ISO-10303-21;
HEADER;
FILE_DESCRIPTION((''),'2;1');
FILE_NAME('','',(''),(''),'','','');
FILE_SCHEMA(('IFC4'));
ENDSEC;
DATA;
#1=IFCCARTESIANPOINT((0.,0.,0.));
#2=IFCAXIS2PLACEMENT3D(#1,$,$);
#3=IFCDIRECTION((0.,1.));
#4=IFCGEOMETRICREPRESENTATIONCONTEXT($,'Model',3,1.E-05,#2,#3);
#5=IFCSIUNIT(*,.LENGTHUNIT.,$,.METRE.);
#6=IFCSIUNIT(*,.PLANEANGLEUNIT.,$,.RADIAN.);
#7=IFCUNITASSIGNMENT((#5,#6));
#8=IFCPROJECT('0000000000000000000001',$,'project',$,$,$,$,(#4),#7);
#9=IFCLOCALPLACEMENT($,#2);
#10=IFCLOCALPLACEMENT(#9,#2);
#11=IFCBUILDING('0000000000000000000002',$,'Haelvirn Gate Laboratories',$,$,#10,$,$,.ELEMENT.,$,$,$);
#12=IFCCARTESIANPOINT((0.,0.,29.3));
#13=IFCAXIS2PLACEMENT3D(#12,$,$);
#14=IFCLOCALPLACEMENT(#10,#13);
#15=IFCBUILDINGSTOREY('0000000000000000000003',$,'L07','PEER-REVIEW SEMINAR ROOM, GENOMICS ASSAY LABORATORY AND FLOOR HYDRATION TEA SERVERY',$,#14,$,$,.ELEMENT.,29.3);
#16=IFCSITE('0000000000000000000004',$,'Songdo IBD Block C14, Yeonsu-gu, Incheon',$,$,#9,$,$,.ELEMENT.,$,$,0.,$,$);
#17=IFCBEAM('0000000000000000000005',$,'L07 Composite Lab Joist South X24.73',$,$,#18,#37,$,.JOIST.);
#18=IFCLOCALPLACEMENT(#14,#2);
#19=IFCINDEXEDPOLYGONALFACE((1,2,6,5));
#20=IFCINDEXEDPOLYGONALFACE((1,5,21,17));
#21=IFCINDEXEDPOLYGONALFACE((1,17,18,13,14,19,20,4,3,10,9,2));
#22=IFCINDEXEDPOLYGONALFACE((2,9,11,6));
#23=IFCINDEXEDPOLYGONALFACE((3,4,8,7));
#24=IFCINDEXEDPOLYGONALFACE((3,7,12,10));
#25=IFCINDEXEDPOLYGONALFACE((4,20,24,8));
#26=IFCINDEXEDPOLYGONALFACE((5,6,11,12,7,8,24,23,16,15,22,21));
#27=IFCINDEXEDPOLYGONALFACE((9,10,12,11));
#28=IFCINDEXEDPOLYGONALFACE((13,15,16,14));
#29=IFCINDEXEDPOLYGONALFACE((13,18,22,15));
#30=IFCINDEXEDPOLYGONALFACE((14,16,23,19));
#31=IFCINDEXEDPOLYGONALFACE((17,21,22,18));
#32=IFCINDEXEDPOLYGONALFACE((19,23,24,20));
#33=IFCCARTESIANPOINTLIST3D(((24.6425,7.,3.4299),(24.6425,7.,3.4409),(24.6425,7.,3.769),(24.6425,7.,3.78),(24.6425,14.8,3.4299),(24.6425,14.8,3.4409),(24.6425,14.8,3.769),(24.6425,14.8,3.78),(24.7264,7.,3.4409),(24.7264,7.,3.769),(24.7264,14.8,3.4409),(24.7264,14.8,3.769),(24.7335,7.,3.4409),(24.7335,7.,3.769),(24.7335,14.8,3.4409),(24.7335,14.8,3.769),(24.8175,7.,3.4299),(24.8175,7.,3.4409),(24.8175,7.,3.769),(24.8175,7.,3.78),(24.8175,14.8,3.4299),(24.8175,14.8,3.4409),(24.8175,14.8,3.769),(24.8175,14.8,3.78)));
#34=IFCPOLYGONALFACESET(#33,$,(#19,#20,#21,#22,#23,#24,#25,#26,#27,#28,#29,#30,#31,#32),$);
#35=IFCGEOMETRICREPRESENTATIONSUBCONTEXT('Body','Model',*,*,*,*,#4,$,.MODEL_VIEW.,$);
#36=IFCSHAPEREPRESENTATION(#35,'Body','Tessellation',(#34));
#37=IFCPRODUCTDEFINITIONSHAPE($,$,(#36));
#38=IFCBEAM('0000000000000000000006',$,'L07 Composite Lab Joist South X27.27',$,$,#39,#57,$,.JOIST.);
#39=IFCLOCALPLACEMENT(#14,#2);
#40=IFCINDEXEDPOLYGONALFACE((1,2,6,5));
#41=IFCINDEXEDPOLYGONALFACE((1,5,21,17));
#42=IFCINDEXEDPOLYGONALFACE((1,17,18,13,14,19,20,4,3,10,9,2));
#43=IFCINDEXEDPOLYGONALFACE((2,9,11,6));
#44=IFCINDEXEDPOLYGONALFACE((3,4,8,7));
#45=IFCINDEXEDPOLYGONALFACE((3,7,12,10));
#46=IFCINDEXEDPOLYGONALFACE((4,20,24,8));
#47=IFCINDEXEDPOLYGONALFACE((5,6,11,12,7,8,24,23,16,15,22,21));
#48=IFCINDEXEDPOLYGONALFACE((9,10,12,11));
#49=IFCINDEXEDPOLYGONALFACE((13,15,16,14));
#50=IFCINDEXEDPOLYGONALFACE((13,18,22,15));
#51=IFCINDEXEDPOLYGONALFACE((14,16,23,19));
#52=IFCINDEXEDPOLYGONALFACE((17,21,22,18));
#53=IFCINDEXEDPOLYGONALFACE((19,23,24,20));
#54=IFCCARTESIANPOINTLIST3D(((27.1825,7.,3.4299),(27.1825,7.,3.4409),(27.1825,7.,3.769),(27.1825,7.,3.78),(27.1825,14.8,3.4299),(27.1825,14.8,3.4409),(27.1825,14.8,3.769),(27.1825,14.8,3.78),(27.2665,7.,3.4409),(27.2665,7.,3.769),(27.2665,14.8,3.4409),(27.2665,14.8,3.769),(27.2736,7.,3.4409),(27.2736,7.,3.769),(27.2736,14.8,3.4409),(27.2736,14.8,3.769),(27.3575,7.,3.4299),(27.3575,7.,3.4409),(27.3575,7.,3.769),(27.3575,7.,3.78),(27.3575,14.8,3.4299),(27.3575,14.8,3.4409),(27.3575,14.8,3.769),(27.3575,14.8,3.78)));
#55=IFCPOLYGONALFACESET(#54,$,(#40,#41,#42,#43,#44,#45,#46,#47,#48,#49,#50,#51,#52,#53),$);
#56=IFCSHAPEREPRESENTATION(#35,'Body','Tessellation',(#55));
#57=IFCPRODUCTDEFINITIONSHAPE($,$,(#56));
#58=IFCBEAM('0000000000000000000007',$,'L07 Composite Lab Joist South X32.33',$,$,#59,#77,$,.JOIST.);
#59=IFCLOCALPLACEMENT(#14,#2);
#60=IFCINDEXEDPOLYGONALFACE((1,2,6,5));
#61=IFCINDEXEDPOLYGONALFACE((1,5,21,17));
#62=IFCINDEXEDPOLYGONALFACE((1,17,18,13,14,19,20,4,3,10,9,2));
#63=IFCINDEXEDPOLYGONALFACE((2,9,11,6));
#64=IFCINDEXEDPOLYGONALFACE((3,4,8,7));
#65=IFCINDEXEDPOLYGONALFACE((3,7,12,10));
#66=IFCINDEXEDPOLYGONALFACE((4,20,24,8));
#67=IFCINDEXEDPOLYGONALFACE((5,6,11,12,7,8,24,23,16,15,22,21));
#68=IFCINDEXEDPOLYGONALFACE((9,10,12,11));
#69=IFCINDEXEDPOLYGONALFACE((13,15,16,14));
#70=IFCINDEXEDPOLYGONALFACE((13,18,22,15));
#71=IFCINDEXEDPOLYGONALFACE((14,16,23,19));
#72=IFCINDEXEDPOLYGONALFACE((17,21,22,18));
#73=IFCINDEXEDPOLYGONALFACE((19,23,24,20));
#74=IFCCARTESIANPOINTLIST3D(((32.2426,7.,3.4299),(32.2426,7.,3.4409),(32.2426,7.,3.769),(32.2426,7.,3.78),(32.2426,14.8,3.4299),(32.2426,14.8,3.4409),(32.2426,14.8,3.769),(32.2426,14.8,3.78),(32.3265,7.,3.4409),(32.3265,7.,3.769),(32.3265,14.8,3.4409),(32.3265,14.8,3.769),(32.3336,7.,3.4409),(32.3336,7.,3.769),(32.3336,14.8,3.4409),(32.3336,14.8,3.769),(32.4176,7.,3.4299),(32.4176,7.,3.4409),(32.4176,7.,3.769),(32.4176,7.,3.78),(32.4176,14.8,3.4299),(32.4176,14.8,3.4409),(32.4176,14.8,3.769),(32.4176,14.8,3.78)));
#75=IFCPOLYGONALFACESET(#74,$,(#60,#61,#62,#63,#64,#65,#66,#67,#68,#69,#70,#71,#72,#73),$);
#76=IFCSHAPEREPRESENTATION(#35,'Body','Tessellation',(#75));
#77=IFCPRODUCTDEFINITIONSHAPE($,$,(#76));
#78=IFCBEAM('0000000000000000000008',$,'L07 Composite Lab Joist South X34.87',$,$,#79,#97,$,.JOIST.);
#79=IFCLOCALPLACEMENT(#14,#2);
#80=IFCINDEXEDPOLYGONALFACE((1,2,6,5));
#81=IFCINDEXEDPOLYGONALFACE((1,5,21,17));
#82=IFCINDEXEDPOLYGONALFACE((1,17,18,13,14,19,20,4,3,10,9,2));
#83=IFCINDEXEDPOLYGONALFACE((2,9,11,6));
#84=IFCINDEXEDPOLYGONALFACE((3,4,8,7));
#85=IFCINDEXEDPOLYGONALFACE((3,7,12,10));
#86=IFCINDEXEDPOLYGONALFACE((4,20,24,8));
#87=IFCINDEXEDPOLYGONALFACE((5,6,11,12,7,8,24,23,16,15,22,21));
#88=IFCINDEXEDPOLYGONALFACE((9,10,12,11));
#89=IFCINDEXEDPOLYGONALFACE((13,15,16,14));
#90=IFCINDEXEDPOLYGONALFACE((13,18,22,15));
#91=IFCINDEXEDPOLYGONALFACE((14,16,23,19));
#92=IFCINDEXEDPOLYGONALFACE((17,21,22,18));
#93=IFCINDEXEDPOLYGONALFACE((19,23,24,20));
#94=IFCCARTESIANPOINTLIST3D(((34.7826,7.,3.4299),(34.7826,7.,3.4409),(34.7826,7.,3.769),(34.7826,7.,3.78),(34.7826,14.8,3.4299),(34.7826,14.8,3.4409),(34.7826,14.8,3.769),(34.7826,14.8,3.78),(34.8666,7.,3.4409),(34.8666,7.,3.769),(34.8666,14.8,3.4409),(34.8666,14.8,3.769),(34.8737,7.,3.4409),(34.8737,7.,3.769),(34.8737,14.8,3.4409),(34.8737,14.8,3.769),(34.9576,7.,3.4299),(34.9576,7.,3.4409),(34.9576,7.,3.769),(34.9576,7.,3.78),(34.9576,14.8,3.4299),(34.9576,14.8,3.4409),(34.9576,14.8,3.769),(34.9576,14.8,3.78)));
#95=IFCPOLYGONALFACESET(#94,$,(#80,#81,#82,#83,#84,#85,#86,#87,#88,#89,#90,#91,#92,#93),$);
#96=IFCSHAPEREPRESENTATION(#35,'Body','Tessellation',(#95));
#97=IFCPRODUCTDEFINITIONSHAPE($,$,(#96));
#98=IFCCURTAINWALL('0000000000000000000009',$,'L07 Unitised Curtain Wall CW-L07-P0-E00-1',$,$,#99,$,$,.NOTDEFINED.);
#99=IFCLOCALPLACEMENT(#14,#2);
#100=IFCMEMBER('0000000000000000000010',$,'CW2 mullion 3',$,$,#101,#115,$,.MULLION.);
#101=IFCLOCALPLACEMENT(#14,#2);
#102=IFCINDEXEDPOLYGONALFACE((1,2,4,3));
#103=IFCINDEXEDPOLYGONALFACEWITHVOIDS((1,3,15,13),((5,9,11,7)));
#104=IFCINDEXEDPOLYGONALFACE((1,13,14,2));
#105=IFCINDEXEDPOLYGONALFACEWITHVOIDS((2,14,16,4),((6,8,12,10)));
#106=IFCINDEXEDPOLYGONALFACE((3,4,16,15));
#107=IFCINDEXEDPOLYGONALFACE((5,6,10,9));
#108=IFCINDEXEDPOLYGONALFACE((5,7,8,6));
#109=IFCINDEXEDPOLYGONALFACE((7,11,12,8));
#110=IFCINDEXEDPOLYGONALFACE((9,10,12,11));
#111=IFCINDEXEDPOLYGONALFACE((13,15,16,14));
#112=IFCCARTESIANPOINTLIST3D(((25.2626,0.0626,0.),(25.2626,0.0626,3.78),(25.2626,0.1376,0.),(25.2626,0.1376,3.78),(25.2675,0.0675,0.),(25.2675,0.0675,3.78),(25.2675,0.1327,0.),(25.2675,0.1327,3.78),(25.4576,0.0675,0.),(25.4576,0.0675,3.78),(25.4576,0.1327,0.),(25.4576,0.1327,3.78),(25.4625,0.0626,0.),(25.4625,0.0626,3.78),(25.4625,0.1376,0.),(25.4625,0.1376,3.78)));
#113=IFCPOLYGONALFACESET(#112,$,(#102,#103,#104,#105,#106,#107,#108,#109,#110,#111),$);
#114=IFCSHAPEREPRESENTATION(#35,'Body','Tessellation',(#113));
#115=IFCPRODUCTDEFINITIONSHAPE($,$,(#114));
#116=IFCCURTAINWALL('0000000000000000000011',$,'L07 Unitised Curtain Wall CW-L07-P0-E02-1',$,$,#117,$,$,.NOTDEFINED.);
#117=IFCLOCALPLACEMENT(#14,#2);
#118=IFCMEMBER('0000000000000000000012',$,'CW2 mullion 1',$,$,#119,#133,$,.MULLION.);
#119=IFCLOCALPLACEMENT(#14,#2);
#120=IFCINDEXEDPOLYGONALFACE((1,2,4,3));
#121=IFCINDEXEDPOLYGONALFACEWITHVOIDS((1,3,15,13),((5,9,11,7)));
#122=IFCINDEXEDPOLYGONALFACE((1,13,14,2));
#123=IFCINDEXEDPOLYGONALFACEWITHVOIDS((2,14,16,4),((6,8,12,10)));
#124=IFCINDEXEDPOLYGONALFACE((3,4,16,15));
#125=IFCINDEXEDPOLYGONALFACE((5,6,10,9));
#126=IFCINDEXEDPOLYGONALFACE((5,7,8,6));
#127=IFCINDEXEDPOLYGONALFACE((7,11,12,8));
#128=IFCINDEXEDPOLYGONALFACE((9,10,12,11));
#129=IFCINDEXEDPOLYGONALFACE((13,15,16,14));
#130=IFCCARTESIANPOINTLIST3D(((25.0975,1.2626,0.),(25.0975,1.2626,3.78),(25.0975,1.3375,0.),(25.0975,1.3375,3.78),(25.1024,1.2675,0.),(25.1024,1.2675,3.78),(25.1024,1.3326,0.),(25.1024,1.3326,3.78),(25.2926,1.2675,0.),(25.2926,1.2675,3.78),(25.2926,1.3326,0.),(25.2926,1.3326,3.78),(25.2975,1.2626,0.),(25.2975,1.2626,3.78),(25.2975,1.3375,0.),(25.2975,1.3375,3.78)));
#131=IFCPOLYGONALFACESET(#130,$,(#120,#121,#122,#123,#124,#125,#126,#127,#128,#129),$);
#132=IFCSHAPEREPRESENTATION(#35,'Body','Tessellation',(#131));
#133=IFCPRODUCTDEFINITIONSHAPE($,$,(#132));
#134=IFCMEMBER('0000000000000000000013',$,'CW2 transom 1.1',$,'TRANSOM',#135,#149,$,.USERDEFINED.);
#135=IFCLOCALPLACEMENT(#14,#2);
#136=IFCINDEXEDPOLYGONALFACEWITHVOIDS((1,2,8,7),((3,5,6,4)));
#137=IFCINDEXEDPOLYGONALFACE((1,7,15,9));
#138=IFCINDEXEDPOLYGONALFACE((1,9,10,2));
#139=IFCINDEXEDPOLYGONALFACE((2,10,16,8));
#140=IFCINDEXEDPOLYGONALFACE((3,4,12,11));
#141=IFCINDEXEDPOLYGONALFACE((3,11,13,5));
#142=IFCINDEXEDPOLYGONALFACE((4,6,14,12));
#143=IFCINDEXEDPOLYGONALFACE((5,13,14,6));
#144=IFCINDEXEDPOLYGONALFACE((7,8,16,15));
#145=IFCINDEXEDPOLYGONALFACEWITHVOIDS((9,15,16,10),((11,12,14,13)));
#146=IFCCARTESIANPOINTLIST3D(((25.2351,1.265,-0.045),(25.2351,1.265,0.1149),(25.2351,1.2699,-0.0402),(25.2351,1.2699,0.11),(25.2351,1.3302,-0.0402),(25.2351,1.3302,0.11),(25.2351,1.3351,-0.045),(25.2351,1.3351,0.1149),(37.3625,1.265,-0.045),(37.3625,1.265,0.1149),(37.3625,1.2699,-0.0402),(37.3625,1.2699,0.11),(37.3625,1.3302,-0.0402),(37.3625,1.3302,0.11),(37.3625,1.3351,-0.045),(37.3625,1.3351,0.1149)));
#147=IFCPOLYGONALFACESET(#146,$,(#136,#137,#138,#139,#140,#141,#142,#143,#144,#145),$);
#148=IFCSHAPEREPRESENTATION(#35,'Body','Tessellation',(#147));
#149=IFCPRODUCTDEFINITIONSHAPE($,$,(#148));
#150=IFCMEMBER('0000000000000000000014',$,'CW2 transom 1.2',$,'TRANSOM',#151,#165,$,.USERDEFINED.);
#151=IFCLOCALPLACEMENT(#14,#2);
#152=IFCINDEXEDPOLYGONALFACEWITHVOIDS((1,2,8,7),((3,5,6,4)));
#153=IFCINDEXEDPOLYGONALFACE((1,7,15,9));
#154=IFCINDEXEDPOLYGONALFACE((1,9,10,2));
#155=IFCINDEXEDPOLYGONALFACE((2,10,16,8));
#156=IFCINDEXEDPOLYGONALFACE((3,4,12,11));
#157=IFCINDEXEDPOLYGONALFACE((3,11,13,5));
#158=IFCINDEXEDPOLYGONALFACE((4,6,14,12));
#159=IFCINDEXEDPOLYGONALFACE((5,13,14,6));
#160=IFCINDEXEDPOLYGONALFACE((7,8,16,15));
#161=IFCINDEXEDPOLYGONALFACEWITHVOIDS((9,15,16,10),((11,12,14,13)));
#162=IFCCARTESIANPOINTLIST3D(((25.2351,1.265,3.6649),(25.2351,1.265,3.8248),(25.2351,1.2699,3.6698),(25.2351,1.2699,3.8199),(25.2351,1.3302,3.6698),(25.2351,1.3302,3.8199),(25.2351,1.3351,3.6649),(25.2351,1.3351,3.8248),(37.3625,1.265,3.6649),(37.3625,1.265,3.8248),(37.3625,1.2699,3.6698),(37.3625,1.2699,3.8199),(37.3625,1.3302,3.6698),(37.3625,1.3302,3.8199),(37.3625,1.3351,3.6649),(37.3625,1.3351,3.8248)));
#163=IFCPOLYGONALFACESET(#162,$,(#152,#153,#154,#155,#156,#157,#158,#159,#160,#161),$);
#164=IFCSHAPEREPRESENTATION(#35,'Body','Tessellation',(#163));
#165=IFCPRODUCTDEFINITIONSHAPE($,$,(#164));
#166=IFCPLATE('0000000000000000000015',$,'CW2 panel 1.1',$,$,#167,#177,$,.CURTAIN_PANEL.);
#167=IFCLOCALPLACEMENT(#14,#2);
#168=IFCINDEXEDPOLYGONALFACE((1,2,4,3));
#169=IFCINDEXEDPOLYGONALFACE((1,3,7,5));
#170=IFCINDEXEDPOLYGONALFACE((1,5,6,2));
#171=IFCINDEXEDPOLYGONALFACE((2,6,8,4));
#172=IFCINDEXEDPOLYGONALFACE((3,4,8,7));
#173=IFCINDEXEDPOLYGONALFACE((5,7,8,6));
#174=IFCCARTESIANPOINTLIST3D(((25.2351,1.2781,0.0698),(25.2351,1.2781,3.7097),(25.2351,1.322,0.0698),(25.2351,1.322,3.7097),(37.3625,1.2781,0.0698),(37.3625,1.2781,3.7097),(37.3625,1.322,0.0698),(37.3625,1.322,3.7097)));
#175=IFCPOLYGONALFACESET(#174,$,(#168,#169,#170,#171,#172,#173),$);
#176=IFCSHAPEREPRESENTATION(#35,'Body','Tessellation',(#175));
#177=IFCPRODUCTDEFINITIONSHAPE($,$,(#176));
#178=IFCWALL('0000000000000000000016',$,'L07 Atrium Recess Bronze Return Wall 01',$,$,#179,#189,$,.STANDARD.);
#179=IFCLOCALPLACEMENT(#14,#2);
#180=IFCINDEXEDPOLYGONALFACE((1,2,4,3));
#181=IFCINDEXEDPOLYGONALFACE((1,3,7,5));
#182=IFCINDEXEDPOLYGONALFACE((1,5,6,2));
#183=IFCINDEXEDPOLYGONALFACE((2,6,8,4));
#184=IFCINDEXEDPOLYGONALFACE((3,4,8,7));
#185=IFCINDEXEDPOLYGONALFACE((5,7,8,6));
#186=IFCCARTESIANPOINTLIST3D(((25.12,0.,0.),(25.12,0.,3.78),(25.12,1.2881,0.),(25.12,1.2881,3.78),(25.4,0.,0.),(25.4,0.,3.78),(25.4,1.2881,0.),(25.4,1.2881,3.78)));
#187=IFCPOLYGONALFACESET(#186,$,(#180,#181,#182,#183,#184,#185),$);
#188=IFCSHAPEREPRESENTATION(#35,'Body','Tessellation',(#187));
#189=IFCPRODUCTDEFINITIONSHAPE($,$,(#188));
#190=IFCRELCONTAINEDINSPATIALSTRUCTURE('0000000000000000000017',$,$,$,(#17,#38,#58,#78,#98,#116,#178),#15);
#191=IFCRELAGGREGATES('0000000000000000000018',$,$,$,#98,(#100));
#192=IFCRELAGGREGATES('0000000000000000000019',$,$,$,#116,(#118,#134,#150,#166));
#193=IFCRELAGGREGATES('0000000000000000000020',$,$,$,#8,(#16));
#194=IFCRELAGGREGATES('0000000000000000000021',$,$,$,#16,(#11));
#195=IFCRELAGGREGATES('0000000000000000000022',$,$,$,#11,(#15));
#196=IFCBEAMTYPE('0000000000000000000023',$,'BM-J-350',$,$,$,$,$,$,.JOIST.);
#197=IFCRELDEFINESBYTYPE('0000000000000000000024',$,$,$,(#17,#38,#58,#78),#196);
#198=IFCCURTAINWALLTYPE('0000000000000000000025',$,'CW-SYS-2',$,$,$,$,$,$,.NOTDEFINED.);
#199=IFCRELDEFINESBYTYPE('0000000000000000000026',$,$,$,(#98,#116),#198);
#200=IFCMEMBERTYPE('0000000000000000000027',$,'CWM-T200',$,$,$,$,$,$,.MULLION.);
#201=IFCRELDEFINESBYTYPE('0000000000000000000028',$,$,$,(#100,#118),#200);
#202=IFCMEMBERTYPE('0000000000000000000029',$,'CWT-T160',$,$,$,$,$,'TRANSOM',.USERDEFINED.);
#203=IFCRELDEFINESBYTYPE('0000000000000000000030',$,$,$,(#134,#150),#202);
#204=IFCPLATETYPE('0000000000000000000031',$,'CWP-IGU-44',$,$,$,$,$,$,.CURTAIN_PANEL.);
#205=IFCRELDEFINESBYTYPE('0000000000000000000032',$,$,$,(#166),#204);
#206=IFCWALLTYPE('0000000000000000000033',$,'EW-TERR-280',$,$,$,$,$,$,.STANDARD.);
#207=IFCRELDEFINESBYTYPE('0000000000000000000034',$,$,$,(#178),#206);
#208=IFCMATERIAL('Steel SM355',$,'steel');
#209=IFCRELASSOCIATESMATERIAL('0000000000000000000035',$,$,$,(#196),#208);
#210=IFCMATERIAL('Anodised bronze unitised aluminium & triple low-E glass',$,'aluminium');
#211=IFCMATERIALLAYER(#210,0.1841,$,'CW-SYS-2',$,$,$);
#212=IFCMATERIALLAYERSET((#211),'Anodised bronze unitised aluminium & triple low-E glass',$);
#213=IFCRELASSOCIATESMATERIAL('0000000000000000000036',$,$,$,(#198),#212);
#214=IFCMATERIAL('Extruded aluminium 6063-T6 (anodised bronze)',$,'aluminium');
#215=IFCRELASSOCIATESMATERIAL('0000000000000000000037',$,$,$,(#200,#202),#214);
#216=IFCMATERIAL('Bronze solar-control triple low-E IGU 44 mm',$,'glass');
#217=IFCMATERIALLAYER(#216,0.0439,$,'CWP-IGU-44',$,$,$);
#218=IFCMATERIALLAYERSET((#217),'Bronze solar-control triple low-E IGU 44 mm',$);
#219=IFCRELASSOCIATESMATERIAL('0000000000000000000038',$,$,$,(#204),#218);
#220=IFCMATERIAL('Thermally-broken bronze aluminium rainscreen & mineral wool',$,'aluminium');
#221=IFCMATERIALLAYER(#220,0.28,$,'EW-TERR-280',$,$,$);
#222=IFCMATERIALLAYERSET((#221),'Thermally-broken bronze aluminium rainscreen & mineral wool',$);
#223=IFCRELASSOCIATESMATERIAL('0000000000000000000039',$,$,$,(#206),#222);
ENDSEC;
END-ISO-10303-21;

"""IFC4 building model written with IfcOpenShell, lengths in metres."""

from ifc_helpers import new_model, si_unit, direction, frame, frame_2d, origin, origin_2d, place, context, subcontext, project, spatial, rectangle, hollow_rectangle, i_section, extrude, source, transform, mapped, material, layer, layer_set, material_profile, profile_set, type_object, type_shapes, element, aggregate, save


model = new_model("IFC4")

# Units and contexts
model_context = context("Model", 3, precision=1e-05, world=origin(), true_north=direction((0.0, 1.0)))
body_context = subcontext(model_context, "Body", "Model", "MODEL_VIEW")
ifc_project = project(units=[si_unit("LENGTHUNIT", "METRE"), si_unit("PLANEANGLEUNIT", "RADIAN")], contexts=[model_context])

# Site, building, storey
site_placement = place(None, origin())
site = spatial("IfcSite", under=ifc_project, at=site_placement, Name="Songdo IBD Block C14, Yeonsu-gu, Incheon", CompositionType="ELEMENT", RefElevation=0.0)
building_placement = place(site_placement, origin())
building = spatial("IfcBuilding", under=site, at=building_placement, Name="Haelvirn Gate Laboratories", CompositionType="ELEMENT")
storey_placement = place(building_placement, frame((0.0, 0.0, 29.3)))
storey = spatial("IfcBuildingStorey", under=building, at=storey_placement, Name="L07", Description="PEER-REVIEW SEMINAR ROOM, GENOMICS ASSAY LABORATORY AND FLOOR HYDRATION TEA SERVERY", CompositionType="ELEMENT", Elevation=29.3)

# Beams
ifc_material_1 = material(Name="Steel SM355", Category="steel")
ifc_material_profile_1 = material_profile(ifc_material_1, i_section(OverallWidth=0.175, OverallDepth=0.3501, WebThickness=0.0071, FlangeThickness=0.011, at=origin_2d()), Name="H-350x175x7x11")
ifc_profile_set_1 = profile_set([ifc_material_profile_1], Name="Steel SM355")
beam_type_1 = type_object("IfcBeamType", Name="BM-J-350", PredefinedType="JOIST", material=ifc_profile_set_1)
shared_shape_1 = source(origin(), body_context, "Body", "SweptSolid", [
    extrude(i_section(OverallWidth=0.175, OverallDepth=0.3501, WebThickness=0.0071, FlangeThickness=0.011, at=origin_2d()), origin(), (0.0, 0.0, 1.0), 7.8),
])
type_shapes(beam_type_1, [shared_shape_1])
for number, where, z_axis, x_axis, name in (
    (1, (24.73, 7.0, 3.605), (0.0, 1.0, 0.0), (-1.0, 0.0, 0.0), "L07 Composite Lab Joist South X24.73"),
    (2, (27.27, 7.0, 3.605), (0.0, 1.0, 0.0), (-1.0, 0.0, 0.0), "L07 Composite Lab Joist South X27.27"),
    (3, (32.3301, 7.0, 3.605), (0.0, 1.0, 0.0), (-1.0, 0.0, 0.0), "L07 Composite Lab Joist South X32.33"),
    (4, (34.8701, 7.0, 3.605), (0.0, 1.0, 0.0), (-1.0, 0.0, 0.0), "L07 Composite Lab Joist South X34.87"),
):
    element("IfcBeam", number, at=place(storey_placement, frame(where, z_axis=z_axis, x_axis=x_axis)), inside=storey, type_object=beam_type_1, Name=name, PredefinedType="JOIST", context=body_context, shape_type="MappedRepresentation", body=[
        mapped(shared_shape_1, transform((0.0, 0.0, 0.0), scale=1.0)),
    ])

# Curtain wall, member
ifc_material_2 = material(Name="Anodised bronze unitised aluminium & triple low-E glass", Category="aluminium")
ifc_layer_1 = layer(ifc_material_2, 0.1841, Name="CW-SYS-2")
ifc_layer_set_1 = layer_set([ifc_layer_1], Name="Anodised bronze unitised aluminium & triple low-E glass")
curtain_wall_type = type_object("IfcCurtainWallType", Name="CW-SYS-2", PredefinedType="NOTDEFINED", material=ifc_layer_set_1)
curtain_wall_1_placement = place(storey_placement, origin())
curtain_wall_1 = element("IfcCurtainWall", 5, at=curtain_wall_1_placement, inside=storey, type_object=curtain_wall_type, Name="L07 Unitised Curtain Wall CW-L07-P0-E00-1", PredefinedType="NOTDEFINED")
ifc_material_3 = material(Name="Extruded aluminium 6063-T6 (anodised bronze)", Category="aluminium")
ifc_material_profile_2 = material_profile(ifc_material_3, hollow_rectangle(XDim=0.075, YDim=0.2, WallThickness=0.0049, at=origin_2d()), Name="CWM-200x75x5")
ifc_profile_set_2 = profile_set([ifc_material_profile_2], Name="Extruded aluminium 6063-T6 (anodised bronze)")
member_type_1 = type_object("IfcMemberType", Name="CWM-T200", PredefinedType="MULLION", material=ifc_profile_set_2)
shared_shape_2 = source(origin(), body_context, "Body", "SweptSolid", [
    extrude(hollow_rectangle(XDim=0.075, YDim=0.2, WallThickness=0.0049, at=origin_2d()), origin(), (0.0, 0.0, 1.0), 3.78),
])
type_shapes(member_type_1, [shared_shape_2])
member_1_placement = place(storey_placement, frame((25.3625, 0.1001, 0.0), z_axis=(0.0, 0.0, 1.0), x_axis=(0.0, 1.0, 0.0)))
member_1 = element("IfcMember", 6, at=member_1_placement, type_object=member_type_1, Name="CW2 mullion 3", PredefinedType="MULLION", context=body_context, shape_type="MappedRepresentation", body=[
    mapped(shared_shape_2, transform((0.0, 0.0, 0.0), scale=1.0)),
])
aggregate(curtain_wall_1, [member_1])

# Curtain wall, members, plate
curtain_wall_2_placement = place(storey_placement, origin())
curtain_wall_2 = element("IfcCurtainWall", 7, at=curtain_wall_2_placement, inside=storey, type_object=curtain_wall_type, Name="L07 Unitised Curtain Wall CW-L07-P0-E02-1", PredefinedType="NOTDEFINED")
member_2_placement = place(storey_placement, frame((25.1975, 1.3, 0.0), z_axis=(0.0, 0.0, 1.0), x_axis=(0.0, 1.0, 0.0)))
member_2 = element("IfcMember", 8, at=member_2_placement, type_object=member_type_1, Name="CW2 mullion 1", PredefinedType="MULLION", context=body_context, shape_type="MappedRepresentation", body=[
    mapped(shared_shape_2, transform((0.0, 0.0, 0.0), scale=1.0)),
])
ifc_material_profile_3 = material_profile(ifc_material_3, hollow_rectangle(XDim=0.0701, YDim=0.1599, WallThickness=0.0049, at=origin_2d()), Name="CWT-160x70x5")
ifc_profile_set_3 = profile_set([ifc_material_profile_3], Name="Extruded aluminium 6063-T6 (anodised bronze)")
member_type_2 = type_object("IfcMemberType", Name="CWT-T160", ElementType="TRANSOM", PredefinedType="USERDEFINED", material=ifc_profile_set_3)
shared_shape_3 = source(origin(), body_context, "Body", "SweptSolid", [
    extrude(hollow_rectangle(XDim=0.0701, YDim=0.1599, WallThickness=0.0049, at=origin_2d()), origin(), (0.0, 0.0, 1.0), 12.1274),
])
type_shapes(member_type_2, [shared_shape_3])
member_3_placement = place(storey_placement, frame((25.2351, 1.3, 0.0349), z_axis=(1.0, 0.0, 0.0), x_axis=(0.0, 1.0, 0.0)))
member_3 = element("IfcMember", 9, at=member_3_placement, type_object=member_type_2, Name="CW2 transom 1.1", ObjectType="TRANSOM", PredefinedType="USERDEFINED", context=body_context, shape_type="MappedRepresentation", body=[
    mapped(shared_shape_3, transform((0.0, 0.0, 0.0), scale=1.0)),
])
member_4_placement = place(storey_placement, frame((25.2351, 1.3, 3.7449), z_axis=(1.0, 0.0, 0.0), x_axis=(0.0, 1.0, 0.0)))
member_4 = element("IfcMember", 10, at=member_4_placement, type_object=member_type_2, Name="CW2 transom 1.2", ObjectType="TRANSOM", PredefinedType="USERDEFINED", context=body_context, shape_type="MappedRepresentation", body=[
    mapped(shared_shape_3, transform((0.0, 0.0, 0.0), scale=1.0)),
])
ifc_material_4 = material(Name="Bronze solar-control triple low-E IGU 44 mm", Category="glass")
ifc_layer_2 = layer(ifc_material_4, 0.0439, Name="CWP-IGU-44")
ifc_layer_set_2 = layer_set([ifc_layer_2], Name="Bronze solar-control triple low-E IGU 44 mm")
plate_type = type_object("IfcPlateType", Name="CWP-IGU-44", PredefinedType="CURTAIN_PANEL", material=ifc_layer_set_2)
shared_shape_4 = source(origin(), body_context, "Body", "SweptSolid", [
    extrude(rectangle(XDim=12.1274, YDim=0.0439, at=origin_2d()), origin(), (0.0, 0.0, 1.0), 3.6399),
])
type_shapes(plate_type, [shared_shape_4])
plate_placement = place(storey_placement, frame((31.2988, 1.3, 0.0698), z_axis=(0.0, 0.0, 1.0), x_axis=(1.0, 0.0, 0.0)))
plate = element("IfcPlate", 11, at=plate_placement, type_object=plate_type, Name="CW2 panel 1.1", PredefinedType="CURTAIN_PANEL", context=body_context, shape_type="MappedRepresentation", body=[
    mapped(shared_shape_4, transform((0.0, 0.0, 0.0), scale=1.0)),
])
aggregate(curtain_wall_2, [member_2, member_3, member_4, plate])

# Wall
ifc_material_5 = material(Name="Thermally-broken bronze aluminium rainscreen & mineral wool", Category="aluminium")
ifc_layer_3 = layer(ifc_material_5, 0.28, Name="EW-TERR-280")
ifc_layer_set_3 = layer_set([ifc_layer_3], Name="Thermally-broken bronze aluminium rainscreen & mineral wool")
wall_type_1 = type_object("IfcWallType", Name="EW-TERR-280", PredefinedType="STANDARD", material=ifc_layer_set_3)
wall_1_placement = place(storey_placement, frame((25.26, 0.0, 0.0), z_axis=(0.0, 0.0, 1.0), x_axis=(0.0, 1.0, 0.0)))
element("IfcWall", 12, at=wall_1_placement, inside=storey, type_object=wall_type_1, Name="L07 Atrium Recess Bronze Return Wall 01", PredefinedType="STANDARD", context=body_context, shape_type="SweptSolid", body=[
    extrude(rectangle(XDim=1.2881, YDim=0.28, at=frame_2d((0.644, 0.0))), origin(), (0.0, 0.0, 1.0), 3.78),
])

save(model, "model.ifc")
